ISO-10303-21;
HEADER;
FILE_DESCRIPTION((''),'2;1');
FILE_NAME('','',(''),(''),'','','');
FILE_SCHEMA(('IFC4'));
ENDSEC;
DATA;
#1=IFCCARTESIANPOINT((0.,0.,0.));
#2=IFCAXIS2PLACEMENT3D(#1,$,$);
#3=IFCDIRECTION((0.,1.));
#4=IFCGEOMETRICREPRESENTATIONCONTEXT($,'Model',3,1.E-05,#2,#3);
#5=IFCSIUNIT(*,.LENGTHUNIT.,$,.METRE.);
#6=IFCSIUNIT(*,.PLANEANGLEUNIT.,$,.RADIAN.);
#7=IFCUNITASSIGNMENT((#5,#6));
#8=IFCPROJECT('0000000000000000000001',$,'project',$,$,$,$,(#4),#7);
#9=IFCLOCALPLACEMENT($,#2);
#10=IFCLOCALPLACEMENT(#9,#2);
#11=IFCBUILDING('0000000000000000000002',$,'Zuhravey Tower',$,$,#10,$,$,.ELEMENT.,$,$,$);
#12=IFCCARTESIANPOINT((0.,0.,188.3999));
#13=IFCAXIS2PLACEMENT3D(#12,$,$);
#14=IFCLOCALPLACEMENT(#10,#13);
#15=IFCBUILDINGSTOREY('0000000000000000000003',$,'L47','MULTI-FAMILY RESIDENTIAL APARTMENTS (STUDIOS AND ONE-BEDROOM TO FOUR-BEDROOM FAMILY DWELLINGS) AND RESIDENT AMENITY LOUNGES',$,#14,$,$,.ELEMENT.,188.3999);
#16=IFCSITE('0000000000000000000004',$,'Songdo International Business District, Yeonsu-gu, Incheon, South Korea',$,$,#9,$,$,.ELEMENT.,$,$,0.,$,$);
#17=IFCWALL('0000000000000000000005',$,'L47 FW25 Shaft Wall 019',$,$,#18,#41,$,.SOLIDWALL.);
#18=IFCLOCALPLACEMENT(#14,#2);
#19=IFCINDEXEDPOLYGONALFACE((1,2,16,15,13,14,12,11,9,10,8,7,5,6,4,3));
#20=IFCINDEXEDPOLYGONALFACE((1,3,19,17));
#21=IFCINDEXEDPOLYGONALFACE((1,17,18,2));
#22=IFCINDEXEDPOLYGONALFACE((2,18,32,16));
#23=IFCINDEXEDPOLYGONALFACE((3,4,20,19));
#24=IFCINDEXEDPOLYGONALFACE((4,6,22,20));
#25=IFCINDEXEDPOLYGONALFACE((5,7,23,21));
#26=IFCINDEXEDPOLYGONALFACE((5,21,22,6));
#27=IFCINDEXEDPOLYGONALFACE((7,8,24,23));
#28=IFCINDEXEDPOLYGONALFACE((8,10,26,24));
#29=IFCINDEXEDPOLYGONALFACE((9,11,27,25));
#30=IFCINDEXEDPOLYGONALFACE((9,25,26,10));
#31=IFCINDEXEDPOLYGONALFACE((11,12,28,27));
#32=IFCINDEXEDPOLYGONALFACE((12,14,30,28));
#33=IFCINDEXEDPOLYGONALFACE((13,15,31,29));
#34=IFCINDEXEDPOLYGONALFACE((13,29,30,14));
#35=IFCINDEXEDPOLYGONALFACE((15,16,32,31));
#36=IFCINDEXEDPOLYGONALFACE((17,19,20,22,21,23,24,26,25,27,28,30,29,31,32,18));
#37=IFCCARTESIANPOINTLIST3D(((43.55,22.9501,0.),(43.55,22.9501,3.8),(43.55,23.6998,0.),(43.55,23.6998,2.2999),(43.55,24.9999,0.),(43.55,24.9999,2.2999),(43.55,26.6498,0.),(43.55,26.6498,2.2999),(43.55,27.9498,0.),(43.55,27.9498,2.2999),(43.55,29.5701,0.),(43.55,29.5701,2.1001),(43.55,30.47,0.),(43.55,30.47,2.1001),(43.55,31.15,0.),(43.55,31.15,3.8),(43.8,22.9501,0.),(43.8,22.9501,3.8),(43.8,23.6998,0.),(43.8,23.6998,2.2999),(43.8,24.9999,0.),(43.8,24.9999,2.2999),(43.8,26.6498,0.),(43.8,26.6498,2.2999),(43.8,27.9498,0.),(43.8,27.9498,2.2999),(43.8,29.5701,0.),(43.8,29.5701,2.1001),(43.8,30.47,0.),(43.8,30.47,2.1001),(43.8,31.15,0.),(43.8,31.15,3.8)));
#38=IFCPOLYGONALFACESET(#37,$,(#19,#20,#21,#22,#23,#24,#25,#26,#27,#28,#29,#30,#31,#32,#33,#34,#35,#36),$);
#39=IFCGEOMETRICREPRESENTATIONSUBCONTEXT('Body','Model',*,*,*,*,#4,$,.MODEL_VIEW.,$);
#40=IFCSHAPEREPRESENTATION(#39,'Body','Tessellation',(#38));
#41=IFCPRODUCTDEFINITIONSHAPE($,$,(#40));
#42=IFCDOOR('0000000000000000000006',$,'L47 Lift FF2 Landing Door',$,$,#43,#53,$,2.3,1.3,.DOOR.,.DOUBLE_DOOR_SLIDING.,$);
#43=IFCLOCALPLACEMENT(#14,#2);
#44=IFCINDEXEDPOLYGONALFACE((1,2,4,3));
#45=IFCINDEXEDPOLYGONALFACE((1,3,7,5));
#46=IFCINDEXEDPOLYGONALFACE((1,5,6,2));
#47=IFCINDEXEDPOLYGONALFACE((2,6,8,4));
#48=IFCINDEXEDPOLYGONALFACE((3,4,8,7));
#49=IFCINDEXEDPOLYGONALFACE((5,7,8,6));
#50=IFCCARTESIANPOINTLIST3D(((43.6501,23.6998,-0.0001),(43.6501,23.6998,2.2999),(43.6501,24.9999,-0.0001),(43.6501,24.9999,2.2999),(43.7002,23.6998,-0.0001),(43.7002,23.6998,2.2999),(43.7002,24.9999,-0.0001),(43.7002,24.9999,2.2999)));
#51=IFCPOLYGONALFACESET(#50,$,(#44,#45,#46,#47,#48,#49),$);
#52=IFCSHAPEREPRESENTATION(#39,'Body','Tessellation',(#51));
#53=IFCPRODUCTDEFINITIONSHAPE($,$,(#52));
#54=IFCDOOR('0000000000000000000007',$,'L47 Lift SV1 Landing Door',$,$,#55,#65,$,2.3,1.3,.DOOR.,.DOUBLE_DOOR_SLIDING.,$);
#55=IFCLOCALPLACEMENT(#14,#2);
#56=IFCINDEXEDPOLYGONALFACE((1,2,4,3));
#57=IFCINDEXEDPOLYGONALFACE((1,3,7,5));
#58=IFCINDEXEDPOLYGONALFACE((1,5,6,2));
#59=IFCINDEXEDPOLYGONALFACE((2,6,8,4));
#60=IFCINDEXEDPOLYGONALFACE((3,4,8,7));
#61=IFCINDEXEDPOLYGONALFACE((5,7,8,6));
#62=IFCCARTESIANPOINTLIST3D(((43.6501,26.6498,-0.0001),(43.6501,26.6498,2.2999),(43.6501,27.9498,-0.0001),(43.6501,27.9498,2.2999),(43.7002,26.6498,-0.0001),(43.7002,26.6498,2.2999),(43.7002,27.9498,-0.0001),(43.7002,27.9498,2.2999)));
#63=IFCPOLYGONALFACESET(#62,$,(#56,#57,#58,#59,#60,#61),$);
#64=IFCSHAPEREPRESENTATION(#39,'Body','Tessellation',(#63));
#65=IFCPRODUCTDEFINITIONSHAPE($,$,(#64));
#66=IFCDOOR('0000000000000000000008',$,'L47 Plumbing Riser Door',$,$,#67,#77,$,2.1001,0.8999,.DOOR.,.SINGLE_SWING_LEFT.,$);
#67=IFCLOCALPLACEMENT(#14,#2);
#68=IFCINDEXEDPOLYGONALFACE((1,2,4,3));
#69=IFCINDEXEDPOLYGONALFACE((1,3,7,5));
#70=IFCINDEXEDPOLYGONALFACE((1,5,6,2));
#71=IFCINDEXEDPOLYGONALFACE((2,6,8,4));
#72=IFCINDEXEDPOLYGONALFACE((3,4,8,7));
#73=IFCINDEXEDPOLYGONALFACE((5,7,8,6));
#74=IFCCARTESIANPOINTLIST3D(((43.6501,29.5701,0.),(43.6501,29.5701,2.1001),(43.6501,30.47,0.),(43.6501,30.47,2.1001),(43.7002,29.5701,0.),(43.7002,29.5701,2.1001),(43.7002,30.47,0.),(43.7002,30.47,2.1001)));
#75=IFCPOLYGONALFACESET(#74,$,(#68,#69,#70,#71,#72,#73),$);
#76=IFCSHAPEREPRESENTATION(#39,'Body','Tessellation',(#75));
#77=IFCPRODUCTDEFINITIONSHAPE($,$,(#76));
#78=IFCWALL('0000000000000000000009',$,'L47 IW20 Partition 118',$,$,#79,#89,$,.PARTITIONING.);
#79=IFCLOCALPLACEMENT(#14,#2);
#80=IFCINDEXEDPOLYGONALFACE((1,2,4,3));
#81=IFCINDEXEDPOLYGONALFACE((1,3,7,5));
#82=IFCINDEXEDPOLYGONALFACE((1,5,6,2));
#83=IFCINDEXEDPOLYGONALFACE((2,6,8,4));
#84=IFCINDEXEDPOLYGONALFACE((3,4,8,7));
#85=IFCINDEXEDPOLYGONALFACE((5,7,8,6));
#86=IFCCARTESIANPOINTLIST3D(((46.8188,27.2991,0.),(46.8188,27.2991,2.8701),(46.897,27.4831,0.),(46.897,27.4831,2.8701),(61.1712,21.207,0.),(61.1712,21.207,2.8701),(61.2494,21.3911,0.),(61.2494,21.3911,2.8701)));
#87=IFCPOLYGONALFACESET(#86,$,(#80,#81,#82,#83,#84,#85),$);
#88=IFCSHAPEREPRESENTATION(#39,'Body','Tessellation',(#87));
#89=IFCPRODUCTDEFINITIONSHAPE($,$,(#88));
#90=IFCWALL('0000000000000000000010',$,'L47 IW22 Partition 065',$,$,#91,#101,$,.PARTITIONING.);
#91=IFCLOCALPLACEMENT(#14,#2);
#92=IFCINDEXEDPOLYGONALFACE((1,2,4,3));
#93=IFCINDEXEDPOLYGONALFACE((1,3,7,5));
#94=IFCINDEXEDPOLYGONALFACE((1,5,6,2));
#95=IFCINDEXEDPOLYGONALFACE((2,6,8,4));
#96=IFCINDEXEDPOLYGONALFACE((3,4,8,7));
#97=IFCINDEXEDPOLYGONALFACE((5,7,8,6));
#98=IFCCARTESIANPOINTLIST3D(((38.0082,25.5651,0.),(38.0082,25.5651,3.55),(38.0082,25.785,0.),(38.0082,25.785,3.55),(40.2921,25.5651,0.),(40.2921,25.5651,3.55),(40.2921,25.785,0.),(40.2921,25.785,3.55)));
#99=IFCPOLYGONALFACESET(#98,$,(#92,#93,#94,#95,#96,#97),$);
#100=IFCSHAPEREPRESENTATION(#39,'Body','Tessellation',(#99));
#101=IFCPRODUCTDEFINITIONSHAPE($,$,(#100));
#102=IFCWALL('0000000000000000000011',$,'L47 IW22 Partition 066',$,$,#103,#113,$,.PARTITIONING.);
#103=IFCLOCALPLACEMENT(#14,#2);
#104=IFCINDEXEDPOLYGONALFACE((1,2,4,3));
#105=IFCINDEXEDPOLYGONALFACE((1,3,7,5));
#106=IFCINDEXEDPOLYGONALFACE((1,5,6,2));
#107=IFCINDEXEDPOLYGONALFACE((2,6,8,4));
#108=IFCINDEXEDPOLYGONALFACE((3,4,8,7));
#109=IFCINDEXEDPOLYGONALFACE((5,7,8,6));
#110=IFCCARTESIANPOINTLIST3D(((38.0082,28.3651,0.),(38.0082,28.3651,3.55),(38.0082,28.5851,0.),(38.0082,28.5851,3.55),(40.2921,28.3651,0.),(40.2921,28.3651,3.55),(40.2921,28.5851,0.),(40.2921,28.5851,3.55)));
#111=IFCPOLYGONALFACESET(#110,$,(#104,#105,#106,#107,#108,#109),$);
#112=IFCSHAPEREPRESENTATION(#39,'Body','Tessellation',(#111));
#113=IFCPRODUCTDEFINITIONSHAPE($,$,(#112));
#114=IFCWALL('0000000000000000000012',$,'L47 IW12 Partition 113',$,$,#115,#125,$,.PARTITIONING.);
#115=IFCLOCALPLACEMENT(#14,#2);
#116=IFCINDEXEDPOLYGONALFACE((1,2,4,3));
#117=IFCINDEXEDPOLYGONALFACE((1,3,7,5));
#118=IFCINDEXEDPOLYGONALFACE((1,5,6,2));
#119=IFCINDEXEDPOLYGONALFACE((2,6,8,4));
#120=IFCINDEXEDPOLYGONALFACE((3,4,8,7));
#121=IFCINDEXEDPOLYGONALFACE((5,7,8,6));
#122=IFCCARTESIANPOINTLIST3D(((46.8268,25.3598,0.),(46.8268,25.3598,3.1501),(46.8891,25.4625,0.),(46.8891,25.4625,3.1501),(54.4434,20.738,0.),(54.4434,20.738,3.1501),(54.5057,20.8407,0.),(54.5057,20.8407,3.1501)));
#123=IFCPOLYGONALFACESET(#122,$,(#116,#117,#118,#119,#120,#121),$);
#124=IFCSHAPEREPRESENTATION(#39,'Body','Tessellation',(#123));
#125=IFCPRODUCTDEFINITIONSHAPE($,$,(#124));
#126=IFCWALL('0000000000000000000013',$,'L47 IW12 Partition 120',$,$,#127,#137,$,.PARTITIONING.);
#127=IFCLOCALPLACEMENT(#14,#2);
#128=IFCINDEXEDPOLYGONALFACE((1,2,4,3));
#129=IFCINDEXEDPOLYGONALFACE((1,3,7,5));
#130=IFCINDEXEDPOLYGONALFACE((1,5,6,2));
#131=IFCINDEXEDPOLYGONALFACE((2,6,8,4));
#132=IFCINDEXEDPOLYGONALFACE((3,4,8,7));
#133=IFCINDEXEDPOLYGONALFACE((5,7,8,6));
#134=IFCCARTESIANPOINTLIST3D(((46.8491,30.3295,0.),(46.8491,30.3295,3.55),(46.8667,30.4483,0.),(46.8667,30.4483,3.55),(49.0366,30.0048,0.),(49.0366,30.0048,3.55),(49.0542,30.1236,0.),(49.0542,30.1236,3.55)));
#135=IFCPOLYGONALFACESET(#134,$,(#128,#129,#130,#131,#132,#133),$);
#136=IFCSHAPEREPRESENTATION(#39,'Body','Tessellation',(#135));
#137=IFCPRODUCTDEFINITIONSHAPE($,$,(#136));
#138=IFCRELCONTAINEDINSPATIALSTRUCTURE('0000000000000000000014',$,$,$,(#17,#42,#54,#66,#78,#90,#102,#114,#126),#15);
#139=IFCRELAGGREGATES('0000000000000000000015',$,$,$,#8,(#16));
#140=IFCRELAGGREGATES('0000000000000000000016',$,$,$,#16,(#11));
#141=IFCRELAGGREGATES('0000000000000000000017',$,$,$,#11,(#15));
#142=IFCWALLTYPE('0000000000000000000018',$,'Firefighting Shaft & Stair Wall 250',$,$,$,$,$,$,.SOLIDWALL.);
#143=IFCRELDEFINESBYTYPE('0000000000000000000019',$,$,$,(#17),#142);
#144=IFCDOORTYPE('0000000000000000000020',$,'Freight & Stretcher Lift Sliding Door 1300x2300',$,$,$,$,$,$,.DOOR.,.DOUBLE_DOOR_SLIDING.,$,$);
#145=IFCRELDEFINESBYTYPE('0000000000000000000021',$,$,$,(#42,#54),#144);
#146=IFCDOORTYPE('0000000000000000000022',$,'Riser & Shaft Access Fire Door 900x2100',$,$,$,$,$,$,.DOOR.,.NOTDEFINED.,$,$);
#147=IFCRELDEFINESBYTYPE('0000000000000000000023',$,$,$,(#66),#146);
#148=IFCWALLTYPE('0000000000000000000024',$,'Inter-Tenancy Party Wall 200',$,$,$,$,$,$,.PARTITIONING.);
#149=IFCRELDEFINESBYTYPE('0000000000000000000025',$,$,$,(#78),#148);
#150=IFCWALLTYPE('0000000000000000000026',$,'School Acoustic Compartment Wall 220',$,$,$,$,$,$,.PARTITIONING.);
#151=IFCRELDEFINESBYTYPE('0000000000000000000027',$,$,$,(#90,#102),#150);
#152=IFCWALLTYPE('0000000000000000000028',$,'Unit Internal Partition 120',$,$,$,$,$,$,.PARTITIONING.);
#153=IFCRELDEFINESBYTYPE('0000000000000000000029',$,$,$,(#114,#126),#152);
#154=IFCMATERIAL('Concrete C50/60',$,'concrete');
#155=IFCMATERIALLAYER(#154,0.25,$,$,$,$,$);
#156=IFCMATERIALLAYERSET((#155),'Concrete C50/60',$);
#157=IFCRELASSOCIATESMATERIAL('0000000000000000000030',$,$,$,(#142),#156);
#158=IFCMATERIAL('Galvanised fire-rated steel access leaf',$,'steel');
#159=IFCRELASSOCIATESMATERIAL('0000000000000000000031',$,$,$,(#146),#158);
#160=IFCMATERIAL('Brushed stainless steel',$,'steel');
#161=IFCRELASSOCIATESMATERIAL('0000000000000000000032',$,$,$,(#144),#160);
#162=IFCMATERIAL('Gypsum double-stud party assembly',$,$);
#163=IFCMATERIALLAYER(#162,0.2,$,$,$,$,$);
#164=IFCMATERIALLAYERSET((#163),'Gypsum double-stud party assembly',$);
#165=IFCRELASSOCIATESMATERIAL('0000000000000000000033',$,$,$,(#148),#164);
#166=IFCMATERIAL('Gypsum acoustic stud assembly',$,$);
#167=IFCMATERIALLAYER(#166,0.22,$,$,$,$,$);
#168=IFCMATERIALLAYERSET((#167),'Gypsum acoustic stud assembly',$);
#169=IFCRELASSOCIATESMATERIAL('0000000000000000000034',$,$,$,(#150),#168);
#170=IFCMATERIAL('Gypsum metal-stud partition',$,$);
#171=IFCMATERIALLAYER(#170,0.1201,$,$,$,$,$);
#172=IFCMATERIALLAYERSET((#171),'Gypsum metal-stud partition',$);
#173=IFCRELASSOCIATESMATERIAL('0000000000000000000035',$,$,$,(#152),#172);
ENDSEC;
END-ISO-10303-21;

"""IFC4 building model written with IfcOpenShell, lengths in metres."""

from ifc_helpers import new_model, si_unit, direction, frame, frame_2d, origin, place, context, subcontext, project, spatial, rectangle, extrude, material, layer, layer_set, type_object, element, fill, save


model = new_model("IFC4")

# Units and contexts
model_context = context("Model", 3, precision=1e-05, world=origin(), true_north=direction((0.0, 1.0)))
body_context = subcontext(model_context, "Body", "Model", "MODEL_VIEW")
ifc_project = project(units=[si_unit("LENGTHUNIT", "METRE"), si_unit("PLANEANGLEUNIT", "RADIAN")], contexts=[model_context])

# Site, building, storey
site_placement = place(None, origin())
site = spatial("IfcSite", under=ifc_project, at=site_placement, Name="Songdo International Business District, Yeonsu-gu, Incheon, South Korea", CompositionType="ELEMENT", RefElevation=0.0)
building_placement = place(site_placement, origin())
building = spatial("IfcBuilding", under=site, at=building_placement, Name="Zuhravey Tower", CompositionType="ELEMENT")
storey_placement = place(building_placement, frame((0.0, 0.0, 188.3999)))
storey = spatial("IfcBuildingStorey", under=building, at=storey_placement, Name="L47", Description="MULTI-FAMILY RESIDENTIAL APARTMENTS (STUDIOS AND ONE-BEDROOM TO FOUR-BEDROOM FAMILY DWELLINGS) AND RESIDENT AMENITY LOUNGES", CompositionType="ELEMENT", Elevation=188.3999)

# Shared definitions
ifc_material_1 = material(Name="Concrete C50/60", Category="concrete")
ifc_layer_1 = layer(ifc_material_1, 0.25)
ifc_layer_set_1 = layer_set([ifc_layer_1], Name="Concrete C50/60")
wall_type_1 = type_object("IfcWallType", Name="Firefighting Shaft & Stair Wall 250", PredefinedType="SOLIDWALL", material=ifc_layer_set_1)
ifc_material_2 = material(Name="Galvanised fire-rated steel access leaf", Category="steel")
door_type_1 = type_object("IfcDoorType", Name="Riser & Shaft Access Fire Door 900x2100", OperationType="NOTDEFINED", PredefinedType="DOOR", material=ifc_material_2)

# Wall, openings, doors
wall_1_placement = place(storey_placement, frame((43.675, 22.95, 0.0), z_axis=(0.0, 0.0, 1.0), x_axis=(0.0, 1.0, 0.0)))
wall_1 = element("IfcWall", 1, at=wall_1_placement, inside=storey, type_object=wall_type_1, Name="L47 FW25 Shaft Wall 019", PredefinedType="SOLIDWALL", context=body_context, shape_type="SweptSolid", body=[
    extrude(rectangle(XDim=8.2, YDim=0.25, at=frame_2d((4.1001, 0.0))), origin(), (0.0, 0.0, 1.0), 3.8),
])
opening_1_placement = place(wall_1_placement, frame((0.75, 0.0, 0.0)))
opening_1 = element("IfcOpeningElement", 2, at=opening_1_placement, cuts=wall_1, PredefinedType="OPENING", context=body_context, shape_type="SweptSolid", body=[
    extrude(rectangle(XDim=1.3, YDim=2.3, at=frame_2d((0.6499, 1.1499))), frame((0.0, 0.137, 0.0), z_axis=(0.0, -1.0, 0.0), x_axis=(1.0, 0.0, 0.0)), (0.0, 0.0, 1.0), 0.2739),
])
opening_2_placement = place(wall_1_placement, frame((3.7, 0.0, 0.0)))
opening_2 = element("IfcOpeningElement", 3, at=opening_2_placement, cuts=wall_1, PredefinedType="OPENING", context=body_context, shape_type="SweptSolid", body=[
    extrude(rectangle(XDim=1.3, YDim=2.3, at=frame_2d((0.6499, 1.1499))), frame((0.0, 0.137, 0.0), z_axis=(0.0, -1.0, 0.0), x_axis=(1.0, 0.0, 0.0)), (0.0, 0.0, 1.0), 0.2739),
])
opening_3_placement = place(wall_1_placement, frame((6.6201, 0.0, 0.0)))
opening_3 = element("IfcOpeningElement", 4, at=opening_3_placement, cuts=wall_1, PredefinedType="OPENING", context=body_context, shape_type="SweptSolid", body=[
    extrude(rectangle(XDim=0.8999, YDim=2.1001, at=frame_2d((0.45, 1.05))), frame((0.0, 0.137, 0.0), z_axis=(0.0, -1.0, 0.0), x_axis=(1.0, 0.0, 0.0)), (0.0, 0.0, 1.0), 0.2739),
])
ifc_material_3 = material(Name="Brushed stainless steel", Category="steel")
door_type_2 = type_object("IfcDoorType", Name="Freight & Stretcher Lift Sliding Door 1300x2300", OperationType="DOUBLE_DOOR_SLIDING", PredefinedType="DOOR", material=ifc_material_3)
door_1_placement = place(opening_1_placement, origin())
door_1 = element("IfcDoor", 5, at=door_1_placement, inside=storey, type_object=door_type_2, Name="L47 Lift FF2 Landing Door", OperationType="DOUBLE_DOOR_SLIDING", OverallHeight=2.3, OverallWidth=1.3, PredefinedType="DOOR", context=body_context, shape_type="SweptSolid", body=[
    extrude(rectangle(XDim=1.3, YDim=2.3, at=frame_2d((0.6499, 1.1499))), frame((0.0, 0.0249, 0.0), z_axis=(0.0, -1.0, 0.0), x_axis=(1.0, 0.0, 0.0)), (0.0, 0.0, 1.0), 0.05),
])
fill(opening_1, door_1)
door_2_placement = place(opening_2_placement, origin())
door_2 = element("IfcDoor", 6, at=door_2_placement, inside=storey, type_object=door_type_2, Name="L47 Lift SV1 Landing Door", OperationType="DOUBLE_DOOR_SLIDING", OverallHeight=2.3, OverallWidth=1.3, PredefinedType="DOOR", context=body_context, shape_type="SweptSolid", body=[
    extrude(rectangle(XDim=1.3, YDim=2.3, at=frame_2d((0.6499, 1.1499))), frame((0.0, 0.0249, 0.0), z_axis=(0.0, -1.0, 0.0), x_axis=(1.0, 0.0, 0.0)), (0.0, 0.0, 1.0), 0.05),
])
fill(opening_2, door_2)
door_3_placement = place(opening_3_placement, origin())
door_3 = element("IfcDoor", 7, at=door_3_placement, inside=storey, type_object=door_type_1, Name="L47 Plumbing Riser Door", OperationType="SINGLE_SWING_LEFT", OverallHeight=2.1001, OverallWidth=0.8999, PredefinedType="DOOR", context=body_context, shape_type="SweptSolid", body=[
    extrude(rectangle(XDim=0.8999, YDim=2.1001, at=frame_2d((0.45, 1.05))), frame((0.0, 0.0249, 0.0), z_axis=(0.0, -1.0, 0.0), x_axis=(1.0, 0.0, 0.0)), (0.0, 0.0, 1.0), 0.05),
])
fill(opening_3, door_3)

# Walls
ifc_material_4 = material(Name="Gypsum double-stud party assembly")
ifc_layer_2 = layer(ifc_material_4, 0.2)
ifc_layer_set_2 = layer_set([ifc_layer_2], Name="Gypsum double-stud party assembly")
wall_type_2 = type_object("IfcWallType", Name="Inter-Tenancy Party Wall 200", PredefinedType="PARTITIONING", material=ifc_layer_set_2)
wall_2_placement = place(storey_placement, frame((46.8579, 27.3911, 0.0), z_axis=(0.0, 0.0, 1.0), x_axis=(0.920508, -0.390723, 0.0)))
element("IfcWall", 8, at=wall_2_placement, inside=storey, type_object=wall_type_2, Name="L47 IW20 Partition 118", PredefinedType="PARTITIONING", context=body_context, shape_type="SweptSolid", body=[
    extrude(rectangle(XDim=15.5918, YDim=0.2, at=frame_2d((7.7959, 0.0))), origin(), (0.0, 0.0, 1.0), 2.8701),
])
ifc_material_5 = material(Name="Gypsum acoustic stud assembly")
ifc_layer_3 = layer(ifc_material_5, 0.22)
ifc_layer_set_3 = layer_set([ifc_layer_3], Name="Gypsum acoustic stud assembly")
wall_type_3 = type_object("IfcWallType", Name="School Acoustic Compartment Wall 220", PredefinedType="PARTITIONING", material=ifc_layer_set_3)
for number, where, z_axis, x_axis, name in (
    (9, (38.0081, 25.675, 0.0), (0.0, 0.0, 1.0), (1.0, 0.0, 0.0), "L47 IW22 Partition 065"),
    (10, (38.0081, 28.4751, 0.0), (0.0, 0.0, 1.0), (1.0, 0.0, 0.0), "L47 IW22 Partition 066"),
):
    element("IfcWall", number, at=place(storey_placement, frame(where, z_axis=z_axis, x_axis=x_axis)), inside=storey, type_object=wall_type_3, Name=name, PredefinedType="PARTITIONING", context=body_context, shape_type="SweptSolid", body=[
        extrude(rectangle(XDim=2.2839, YDim=0.22, at=frame_2d((1.1421, 0.0))), origin(), (0.0, 0.0, 1.0), 3.55),
    ])
ifc_material_6 = material(Name="Gypsum metal-stud partition")
ifc_layer_4 = layer(ifc_material_6, 0.1201)
ifc_layer_set_4 = layer_set([ifc_layer_4], Name="Gypsum metal-stud partition")
wall_type_4 = type_object("IfcWallType", Name="Unit Internal Partition 120", PredefinedType="PARTITIONING", material=ifc_layer_set_4)
wall_3_placement = place(storey_placement, frame((46.8579, 25.4111, 0.0), z_axis=(0.0, 0.0, 1.0), x_axis=(0.854917, -0.518765, 0.0)))
element("IfcWall", 11, at=wall_3_placement, inside=storey, type_object=wall_type_4, Name="L47 IW12 Partition 113", PredefinedType="PARTITIONING", context=body_context, shape_type="SweptSolid", body=[
    extrude(rectangle(XDim=8.9092, YDim=0.1201, at=frame_2d((4.4546, 0.0))), origin(), (0.0, 0.0, 1.0), 3.1501),
])
wall_4_placement = place(storey_placement, frame((46.8579, 30.3889, 0.0), z_axis=(0.0, 0.0, 1.0), x_axis=(0.989162, -0.146829, 0.0)))
element("IfcWall", 12, at=wall_4_placement, inside=storey, type_object=wall_type_4, Name="L47 IW12 Partition 120", PredefinedType="PARTITIONING", context=body_context, shape_type="SweptSolid", body=[
    extrude(rectangle(XDim=2.2114, YDim=0.1201, at=frame_2d((1.1057, 0.0))), origin(), (0.0, 0.0, 1.0), 3.55),
])

save(model, "model.ifc")
